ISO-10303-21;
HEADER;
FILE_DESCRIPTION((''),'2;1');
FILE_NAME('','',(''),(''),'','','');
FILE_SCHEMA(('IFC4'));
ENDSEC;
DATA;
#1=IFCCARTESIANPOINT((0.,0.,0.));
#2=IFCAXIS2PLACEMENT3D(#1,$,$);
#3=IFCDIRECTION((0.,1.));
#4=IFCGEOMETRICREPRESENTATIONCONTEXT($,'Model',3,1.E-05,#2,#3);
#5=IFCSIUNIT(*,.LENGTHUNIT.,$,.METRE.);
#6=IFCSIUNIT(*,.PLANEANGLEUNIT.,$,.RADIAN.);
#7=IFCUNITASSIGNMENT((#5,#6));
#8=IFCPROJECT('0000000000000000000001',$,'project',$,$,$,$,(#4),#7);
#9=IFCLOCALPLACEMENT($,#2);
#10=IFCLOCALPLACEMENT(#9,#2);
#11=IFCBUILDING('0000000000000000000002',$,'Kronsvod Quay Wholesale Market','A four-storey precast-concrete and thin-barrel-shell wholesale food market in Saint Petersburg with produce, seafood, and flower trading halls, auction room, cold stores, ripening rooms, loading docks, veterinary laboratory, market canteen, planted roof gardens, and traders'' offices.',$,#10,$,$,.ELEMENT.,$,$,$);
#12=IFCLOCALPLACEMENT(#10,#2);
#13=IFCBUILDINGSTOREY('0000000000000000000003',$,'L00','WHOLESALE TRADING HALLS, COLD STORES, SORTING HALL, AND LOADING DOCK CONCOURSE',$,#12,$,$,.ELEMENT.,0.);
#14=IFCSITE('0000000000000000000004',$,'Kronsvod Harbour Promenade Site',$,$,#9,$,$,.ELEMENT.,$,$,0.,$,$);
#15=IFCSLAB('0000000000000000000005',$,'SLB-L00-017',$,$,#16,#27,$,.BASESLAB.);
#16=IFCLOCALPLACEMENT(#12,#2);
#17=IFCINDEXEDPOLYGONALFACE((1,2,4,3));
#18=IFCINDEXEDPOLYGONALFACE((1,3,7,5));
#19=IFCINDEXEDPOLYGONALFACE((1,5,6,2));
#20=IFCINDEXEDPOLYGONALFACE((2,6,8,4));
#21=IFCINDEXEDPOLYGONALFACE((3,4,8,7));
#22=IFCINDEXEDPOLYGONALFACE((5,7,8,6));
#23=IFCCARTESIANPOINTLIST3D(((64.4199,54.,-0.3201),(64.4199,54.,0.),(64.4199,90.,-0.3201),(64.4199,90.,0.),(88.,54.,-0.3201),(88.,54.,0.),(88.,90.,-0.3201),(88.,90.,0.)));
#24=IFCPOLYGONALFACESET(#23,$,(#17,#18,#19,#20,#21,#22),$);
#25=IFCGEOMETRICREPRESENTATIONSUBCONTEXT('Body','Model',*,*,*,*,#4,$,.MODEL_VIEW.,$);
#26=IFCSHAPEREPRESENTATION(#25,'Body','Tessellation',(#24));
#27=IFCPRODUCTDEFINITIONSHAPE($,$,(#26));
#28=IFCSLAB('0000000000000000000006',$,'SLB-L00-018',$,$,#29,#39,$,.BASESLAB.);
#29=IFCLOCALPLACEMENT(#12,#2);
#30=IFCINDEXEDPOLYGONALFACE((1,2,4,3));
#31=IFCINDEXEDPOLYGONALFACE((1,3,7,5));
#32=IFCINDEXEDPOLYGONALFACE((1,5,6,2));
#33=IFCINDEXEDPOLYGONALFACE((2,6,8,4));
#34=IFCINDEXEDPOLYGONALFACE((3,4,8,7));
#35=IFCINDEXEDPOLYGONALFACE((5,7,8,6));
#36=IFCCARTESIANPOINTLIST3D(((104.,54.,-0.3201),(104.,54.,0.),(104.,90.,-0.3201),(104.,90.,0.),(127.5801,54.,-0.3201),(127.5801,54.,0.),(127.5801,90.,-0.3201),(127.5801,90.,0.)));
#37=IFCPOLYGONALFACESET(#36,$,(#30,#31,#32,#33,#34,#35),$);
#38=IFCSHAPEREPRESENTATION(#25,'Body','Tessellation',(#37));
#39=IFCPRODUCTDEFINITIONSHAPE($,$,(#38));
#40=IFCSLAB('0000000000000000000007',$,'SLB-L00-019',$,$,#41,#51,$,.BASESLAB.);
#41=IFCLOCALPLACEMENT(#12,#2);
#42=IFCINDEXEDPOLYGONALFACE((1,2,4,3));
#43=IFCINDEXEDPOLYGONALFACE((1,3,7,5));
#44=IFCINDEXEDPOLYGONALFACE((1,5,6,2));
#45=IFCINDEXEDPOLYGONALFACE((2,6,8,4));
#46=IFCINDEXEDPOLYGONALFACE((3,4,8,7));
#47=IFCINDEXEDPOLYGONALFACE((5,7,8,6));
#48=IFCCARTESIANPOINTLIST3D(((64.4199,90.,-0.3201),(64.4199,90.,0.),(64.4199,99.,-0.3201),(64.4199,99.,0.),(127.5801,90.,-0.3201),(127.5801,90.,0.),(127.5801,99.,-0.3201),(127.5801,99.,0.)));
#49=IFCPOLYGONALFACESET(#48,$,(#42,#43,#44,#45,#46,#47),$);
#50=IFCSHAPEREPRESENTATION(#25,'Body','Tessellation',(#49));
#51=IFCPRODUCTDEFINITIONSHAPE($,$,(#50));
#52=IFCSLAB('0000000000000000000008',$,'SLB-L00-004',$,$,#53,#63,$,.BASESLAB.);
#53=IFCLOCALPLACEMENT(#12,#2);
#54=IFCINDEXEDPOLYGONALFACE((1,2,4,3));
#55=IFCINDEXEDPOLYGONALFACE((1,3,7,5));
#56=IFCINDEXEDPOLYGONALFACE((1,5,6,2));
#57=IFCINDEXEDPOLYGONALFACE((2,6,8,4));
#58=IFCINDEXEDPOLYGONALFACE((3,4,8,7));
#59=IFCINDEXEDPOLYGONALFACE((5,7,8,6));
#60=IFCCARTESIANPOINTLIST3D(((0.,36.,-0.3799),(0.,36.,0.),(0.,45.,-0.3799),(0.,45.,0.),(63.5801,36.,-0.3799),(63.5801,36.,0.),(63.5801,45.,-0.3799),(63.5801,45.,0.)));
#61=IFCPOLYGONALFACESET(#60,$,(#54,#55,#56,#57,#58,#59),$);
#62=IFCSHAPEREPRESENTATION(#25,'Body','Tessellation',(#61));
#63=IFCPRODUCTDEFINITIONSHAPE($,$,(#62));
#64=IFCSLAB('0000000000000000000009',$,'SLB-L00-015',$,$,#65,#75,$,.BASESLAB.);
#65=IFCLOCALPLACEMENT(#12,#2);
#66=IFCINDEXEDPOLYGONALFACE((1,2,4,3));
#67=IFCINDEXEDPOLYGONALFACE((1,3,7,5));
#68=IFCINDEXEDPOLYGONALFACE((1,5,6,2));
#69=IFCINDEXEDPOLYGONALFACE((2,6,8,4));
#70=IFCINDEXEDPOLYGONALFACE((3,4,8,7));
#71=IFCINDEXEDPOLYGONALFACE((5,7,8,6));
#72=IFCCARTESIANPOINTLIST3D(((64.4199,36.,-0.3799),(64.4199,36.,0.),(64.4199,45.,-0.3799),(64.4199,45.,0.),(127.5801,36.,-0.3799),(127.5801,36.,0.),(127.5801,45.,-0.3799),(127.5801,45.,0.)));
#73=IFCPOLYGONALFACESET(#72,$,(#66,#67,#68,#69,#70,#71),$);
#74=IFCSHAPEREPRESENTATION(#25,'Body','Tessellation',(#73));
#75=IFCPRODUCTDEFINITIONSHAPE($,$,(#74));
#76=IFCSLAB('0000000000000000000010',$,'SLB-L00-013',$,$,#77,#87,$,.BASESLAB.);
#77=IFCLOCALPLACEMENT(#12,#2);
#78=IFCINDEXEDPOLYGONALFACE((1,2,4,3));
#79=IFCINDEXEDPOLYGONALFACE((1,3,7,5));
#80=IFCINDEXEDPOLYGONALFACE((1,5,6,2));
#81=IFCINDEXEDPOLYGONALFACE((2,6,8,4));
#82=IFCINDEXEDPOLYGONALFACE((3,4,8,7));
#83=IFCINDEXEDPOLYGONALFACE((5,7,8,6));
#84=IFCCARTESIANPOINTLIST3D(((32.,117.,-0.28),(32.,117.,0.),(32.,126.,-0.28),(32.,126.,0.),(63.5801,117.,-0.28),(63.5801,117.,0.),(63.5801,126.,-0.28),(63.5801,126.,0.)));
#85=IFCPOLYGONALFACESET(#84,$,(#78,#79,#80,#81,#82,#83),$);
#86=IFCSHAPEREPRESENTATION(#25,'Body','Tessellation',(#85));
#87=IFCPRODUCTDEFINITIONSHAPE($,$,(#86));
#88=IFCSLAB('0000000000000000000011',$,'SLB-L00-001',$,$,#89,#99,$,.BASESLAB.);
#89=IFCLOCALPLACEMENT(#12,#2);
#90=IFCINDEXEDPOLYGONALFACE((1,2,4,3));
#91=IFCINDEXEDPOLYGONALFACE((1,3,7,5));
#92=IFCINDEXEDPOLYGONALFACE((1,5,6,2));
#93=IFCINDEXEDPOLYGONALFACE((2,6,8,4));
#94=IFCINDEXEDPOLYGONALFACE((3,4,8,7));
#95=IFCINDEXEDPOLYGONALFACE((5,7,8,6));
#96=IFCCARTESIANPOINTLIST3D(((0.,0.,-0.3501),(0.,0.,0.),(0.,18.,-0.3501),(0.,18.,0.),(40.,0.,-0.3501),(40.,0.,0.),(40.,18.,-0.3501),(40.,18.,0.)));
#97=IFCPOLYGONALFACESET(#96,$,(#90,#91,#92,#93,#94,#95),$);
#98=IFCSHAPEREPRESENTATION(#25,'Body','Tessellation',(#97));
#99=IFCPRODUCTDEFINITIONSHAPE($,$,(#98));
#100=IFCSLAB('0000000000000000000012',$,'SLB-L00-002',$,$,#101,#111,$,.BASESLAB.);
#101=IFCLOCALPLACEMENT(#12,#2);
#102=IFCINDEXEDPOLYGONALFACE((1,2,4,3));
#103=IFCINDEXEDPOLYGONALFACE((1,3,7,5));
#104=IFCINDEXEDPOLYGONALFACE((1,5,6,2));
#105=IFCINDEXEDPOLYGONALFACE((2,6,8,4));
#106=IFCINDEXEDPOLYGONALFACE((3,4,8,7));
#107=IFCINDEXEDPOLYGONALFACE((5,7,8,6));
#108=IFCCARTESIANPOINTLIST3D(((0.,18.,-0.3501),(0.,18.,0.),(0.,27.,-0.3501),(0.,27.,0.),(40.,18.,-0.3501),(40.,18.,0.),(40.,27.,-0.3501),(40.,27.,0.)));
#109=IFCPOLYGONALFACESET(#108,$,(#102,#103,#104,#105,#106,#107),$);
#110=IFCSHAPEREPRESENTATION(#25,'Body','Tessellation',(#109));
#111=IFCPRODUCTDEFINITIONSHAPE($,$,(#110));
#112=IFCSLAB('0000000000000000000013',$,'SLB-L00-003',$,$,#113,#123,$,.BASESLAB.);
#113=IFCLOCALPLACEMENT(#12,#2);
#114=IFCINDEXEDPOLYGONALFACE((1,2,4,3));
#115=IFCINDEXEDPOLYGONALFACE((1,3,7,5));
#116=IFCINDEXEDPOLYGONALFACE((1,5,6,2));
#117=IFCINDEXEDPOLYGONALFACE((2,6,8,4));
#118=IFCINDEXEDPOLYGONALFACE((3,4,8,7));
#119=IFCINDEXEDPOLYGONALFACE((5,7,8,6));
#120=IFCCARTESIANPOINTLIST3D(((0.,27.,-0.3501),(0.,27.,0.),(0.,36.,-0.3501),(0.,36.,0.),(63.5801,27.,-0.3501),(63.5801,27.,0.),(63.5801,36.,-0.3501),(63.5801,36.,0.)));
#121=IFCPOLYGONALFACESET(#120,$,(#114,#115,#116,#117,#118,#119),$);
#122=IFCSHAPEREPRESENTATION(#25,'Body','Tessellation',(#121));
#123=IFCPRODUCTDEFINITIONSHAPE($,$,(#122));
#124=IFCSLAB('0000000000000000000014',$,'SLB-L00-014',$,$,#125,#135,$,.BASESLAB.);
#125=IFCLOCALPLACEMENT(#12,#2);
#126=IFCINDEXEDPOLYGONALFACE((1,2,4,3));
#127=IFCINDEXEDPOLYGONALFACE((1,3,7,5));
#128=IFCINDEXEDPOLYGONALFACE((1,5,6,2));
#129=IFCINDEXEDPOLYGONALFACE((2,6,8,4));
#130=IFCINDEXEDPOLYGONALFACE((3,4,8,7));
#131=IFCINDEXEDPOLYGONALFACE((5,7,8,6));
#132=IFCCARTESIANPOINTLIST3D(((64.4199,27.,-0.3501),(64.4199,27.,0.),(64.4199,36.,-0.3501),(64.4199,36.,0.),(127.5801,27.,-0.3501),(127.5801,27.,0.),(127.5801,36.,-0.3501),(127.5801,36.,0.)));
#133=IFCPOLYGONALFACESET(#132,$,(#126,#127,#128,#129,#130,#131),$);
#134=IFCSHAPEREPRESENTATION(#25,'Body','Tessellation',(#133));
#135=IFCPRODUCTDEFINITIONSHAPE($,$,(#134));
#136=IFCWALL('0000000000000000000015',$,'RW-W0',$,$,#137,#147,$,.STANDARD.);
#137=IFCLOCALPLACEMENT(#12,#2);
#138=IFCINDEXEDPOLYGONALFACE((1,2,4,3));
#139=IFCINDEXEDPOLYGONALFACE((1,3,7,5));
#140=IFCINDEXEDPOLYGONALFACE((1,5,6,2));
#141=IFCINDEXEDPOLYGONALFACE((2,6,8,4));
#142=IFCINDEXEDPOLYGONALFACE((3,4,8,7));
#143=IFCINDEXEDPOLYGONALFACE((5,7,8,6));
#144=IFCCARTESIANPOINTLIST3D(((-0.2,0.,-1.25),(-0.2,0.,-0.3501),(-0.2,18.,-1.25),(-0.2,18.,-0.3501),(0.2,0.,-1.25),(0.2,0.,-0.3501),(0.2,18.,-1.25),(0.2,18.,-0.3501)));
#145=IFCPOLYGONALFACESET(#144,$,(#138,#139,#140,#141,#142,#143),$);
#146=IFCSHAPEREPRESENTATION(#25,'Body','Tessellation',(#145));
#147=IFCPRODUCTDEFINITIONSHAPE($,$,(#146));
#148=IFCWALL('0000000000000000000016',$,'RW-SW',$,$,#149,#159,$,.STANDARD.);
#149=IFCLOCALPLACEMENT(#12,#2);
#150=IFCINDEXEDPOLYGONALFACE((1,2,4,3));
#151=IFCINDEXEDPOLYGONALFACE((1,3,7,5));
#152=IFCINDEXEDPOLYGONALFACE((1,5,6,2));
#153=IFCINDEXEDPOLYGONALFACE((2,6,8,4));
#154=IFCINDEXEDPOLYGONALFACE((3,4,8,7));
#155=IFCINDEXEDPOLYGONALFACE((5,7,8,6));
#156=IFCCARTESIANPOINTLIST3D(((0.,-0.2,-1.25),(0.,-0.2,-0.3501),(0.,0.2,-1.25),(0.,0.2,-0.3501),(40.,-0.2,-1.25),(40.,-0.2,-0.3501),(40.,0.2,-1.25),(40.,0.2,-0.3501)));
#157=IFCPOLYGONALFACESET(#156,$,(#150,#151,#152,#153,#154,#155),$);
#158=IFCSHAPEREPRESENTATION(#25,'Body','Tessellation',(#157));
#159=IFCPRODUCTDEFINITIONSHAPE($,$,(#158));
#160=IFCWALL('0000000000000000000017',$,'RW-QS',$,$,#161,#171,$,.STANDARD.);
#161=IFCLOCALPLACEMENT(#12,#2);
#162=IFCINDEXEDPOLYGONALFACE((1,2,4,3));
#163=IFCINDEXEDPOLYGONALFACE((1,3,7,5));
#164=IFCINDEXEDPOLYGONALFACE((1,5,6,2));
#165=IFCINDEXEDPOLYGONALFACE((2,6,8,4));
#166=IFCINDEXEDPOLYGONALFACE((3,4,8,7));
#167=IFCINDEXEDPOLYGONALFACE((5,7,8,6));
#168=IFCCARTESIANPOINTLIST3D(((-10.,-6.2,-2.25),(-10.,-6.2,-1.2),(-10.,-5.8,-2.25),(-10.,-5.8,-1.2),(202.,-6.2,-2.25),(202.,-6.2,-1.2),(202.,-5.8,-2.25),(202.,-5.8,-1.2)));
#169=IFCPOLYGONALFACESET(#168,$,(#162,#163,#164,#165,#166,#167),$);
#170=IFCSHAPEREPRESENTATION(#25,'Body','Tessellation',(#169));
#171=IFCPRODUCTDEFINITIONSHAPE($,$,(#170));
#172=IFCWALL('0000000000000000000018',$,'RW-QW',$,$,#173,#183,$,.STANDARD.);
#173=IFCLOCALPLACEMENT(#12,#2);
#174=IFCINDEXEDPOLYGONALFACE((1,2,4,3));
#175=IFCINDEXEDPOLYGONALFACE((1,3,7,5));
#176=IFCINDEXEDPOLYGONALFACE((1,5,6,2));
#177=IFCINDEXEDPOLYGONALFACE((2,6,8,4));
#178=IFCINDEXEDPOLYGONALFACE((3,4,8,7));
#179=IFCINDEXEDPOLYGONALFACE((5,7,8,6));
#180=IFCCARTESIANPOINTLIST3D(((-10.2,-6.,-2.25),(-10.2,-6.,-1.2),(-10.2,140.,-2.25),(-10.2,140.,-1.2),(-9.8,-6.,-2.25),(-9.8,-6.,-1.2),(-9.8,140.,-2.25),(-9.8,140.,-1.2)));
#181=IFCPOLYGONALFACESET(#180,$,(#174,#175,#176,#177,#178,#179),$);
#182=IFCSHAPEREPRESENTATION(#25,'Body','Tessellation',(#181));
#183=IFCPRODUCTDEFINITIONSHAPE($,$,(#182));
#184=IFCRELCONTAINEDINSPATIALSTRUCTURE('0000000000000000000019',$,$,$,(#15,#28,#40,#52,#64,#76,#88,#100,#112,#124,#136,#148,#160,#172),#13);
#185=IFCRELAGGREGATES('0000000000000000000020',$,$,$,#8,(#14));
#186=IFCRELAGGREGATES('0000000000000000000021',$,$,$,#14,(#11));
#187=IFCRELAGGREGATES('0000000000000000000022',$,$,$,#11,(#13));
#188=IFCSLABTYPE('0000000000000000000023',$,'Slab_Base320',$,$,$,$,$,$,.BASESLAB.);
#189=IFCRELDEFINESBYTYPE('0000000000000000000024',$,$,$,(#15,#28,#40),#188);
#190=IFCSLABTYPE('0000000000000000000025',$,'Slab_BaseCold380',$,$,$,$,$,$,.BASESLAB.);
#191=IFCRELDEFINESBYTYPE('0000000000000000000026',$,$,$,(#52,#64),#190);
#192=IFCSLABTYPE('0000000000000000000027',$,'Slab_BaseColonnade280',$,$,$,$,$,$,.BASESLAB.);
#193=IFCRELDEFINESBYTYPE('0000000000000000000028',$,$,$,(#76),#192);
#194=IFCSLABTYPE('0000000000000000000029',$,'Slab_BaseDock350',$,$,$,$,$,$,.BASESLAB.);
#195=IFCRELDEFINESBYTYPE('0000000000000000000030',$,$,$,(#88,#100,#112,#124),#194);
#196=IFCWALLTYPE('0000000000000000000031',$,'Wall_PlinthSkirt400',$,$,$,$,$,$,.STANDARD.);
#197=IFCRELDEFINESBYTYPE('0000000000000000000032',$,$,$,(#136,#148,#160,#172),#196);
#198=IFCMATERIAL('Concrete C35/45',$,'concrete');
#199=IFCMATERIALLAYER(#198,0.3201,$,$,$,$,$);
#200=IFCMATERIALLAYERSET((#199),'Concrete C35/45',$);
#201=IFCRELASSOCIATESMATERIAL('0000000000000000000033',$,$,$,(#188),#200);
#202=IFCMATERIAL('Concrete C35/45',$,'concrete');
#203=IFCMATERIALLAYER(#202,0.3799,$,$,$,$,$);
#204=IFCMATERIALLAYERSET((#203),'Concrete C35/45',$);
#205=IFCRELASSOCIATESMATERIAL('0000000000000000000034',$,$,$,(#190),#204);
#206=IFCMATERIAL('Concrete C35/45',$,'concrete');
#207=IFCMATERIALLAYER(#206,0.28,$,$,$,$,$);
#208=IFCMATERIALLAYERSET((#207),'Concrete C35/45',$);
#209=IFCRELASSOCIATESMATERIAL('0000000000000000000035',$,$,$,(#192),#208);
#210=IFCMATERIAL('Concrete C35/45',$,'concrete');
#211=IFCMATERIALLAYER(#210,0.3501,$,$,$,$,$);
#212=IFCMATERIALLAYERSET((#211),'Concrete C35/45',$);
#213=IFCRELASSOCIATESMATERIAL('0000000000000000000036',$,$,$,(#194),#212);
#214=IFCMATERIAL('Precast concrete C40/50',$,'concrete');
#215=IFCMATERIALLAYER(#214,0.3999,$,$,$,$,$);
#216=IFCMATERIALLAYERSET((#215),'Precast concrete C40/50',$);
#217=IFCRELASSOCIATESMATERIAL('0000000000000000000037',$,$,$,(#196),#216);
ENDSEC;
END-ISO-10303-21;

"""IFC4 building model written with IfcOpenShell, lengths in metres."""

from ifc_helpers import new_model, si_unit, direction, frame, frame_2d, origin, place, context, subcontext, project, spatial, polyline, rectangle, outline, extrude, material, layer, layer_set, type_object, element, save


model = new_model("IFC4")

# Units and contexts
model_context = context("Model", 3, precision=1e-05, world=origin(), true_north=direction((0.0, 1.0)))
body_context = subcontext(model_context, "Body", "Model", "MODEL_VIEW")
ifc_project = project(units=[si_unit("LENGTHUNIT", "METRE"), si_unit("PLANEANGLEUNIT", "RADIAN")], contexts=[model_context])

# Site, building, storey
site_placement = place(None, origin())
site = spatial("IfcSite", under=ifc_project, at=site_placement, Name="Kronsvod Harbour Promenade Site", CompositionType="ELEMENT", RefElevation=0.0)
building_placement = place(site_placement, origin())
building = spatial("IfcBuilding", under=site, at=building_placement, Name="Kronsvod Quay Wholesale Market", Description="A four-storey precast-concrete and thin-barrel-shell wholesale food market in Saint Petersburg with produce, seafood, and flower trading halls, auction room, cold stores, ripening rooms, loading docks, veterinary laboratory, market canteen, planted roof gardens, and traders' offices.", CompositionType="ELEMENT")
storey_placement = place(building_placement, origin())
storey = spatial("IfcBuildingStorey", under=building, at=storey_placement, Name="L00", Description="WHOLESALE TRADING HALLS, COLD STORES, SORTING HALL, AND LOADING DOCK CONCOURSE", CompositionType="ELEMENT", Elevation=0.0)

# Slabs
ifc_material_1 = material(Name="Concrete C35/45", Category="concrete")
ifc_layer_1 = layer(ifc_material_1, 0.3201)
ifc_layer_set_1 = layer_set([ifc_layer_1], Name="Concrete C35/45")
slab_type_1 = type_object("IfcSlabType", Name="Slab_Base320", PredefinedType="BASESLAB", material=ifc_layer_set_1)
slab_1_placement = place(storey_placement, frame((0.0, 0.0, -0.3201)))
element("IfcSlab", 1, at=slab_1_placement, inside=storey, type_object=slab_type_1, Name="SLB-L00-017", PredefinedType="BASESLAB", context=body_context, shape_type="SweptSolid", body=[
    extrude(outline(polyline([(64.4199, 54.0), (88.0, 54.0), (88.0, 90.0), (64.4199, 90.0), (64.4199, 54.0)])), origin(), (0.0, 0.0, 1.0), 0.3201),
])
slab_2_placement = place(storey_placement, frame((0.0, 0.0, -0.3201)))
element("IfcSlab", 2, at=slab_2_placement, inside=storey, type_object=slab_type_1, Name="SLB-L00-018", PredefinedType="BASESLAB", context=body_context, shape_type="SweptSolid", body=[
    extrude(outline(polyline([(104.0, 54.0), (127.5801, 54.0), (127.5801, 90.0), (104.0, 90.0), (104.0, 54.0)])), origin(), (0.0, 0.0, 1.0), 0.3201),
])
slab_3_placement = place(storey_placement, frame((0.0, 0.0, -0.3201)))
element("IfcSlab", 3, at=slab_3_placement, inside=storey, type_object=slab_type_1, Name="SLB-L00-019", PredefinedType="BASESLAB", context=body_context, shape_type="SweptSolid", body=[
    extrude(outline(polyline([(64.4199, 90.0), (127.5801, 90.0), (127.5801, 99.0), (64.4199, 99.0), (64.4199, 90.0)])), origin(), (0.0, 0.0, 1.0), 0.3201),
])
ifc_material_2 = material(Name="Concrete C35/45", Category="concrete")
ifc_layer_2 = layer(ifc_material_2, 0.3799)
ifc_layer_set_2 = layer_set([ifc_layer_2], Name="Concrete C35/45")
slab_type_2 = type_object("IfcSlabType", Name="Slab_BaseCold380", PredefinedType="BASESLAB", material=ifc_layer_set_2)
slab_4_placement = place(storey_placement, frame((0.0, 0.0, -0.3799)))
element("IfcSlab", 4, at=slab_4_placement, inside=storey, type_object=slab_type_2, Name="SLB-L00-004", PredefinedType="BASESLAB", context=body_context, shape_type="SweptSolid", body=[
    extrude(outline(polyline([(0.0, 36.0), (63.5801, 36.0), (63.5801, 45.0), (0.0, 45.0), (0.0, 36.0)])), origin(), (0.0, 0.0, 1.0), 0.3799),
])
slab_5_placement = place(storey_placement, frame((0.0, 0.0, -0.3799)))
element("IfcSlab", 5, at=slab_5_placement, inside=storey, type_object=slab_type_2, Name="SLB-L00-015", PredefinedType="BASESLAB", context=body_context, shape_type="SweptSolid", body=[
    extrude(outline(polyline([(64.4199, 36.0), (127.5801, 36.0), (127.5801, 45.0), (64.4199, 45.0), (64.4199, 36.0)])), origin(), (0.0, 0.0, 1.0), 0.3799),
])
ifc_material_3 = material(Name="Concrete C35/45", Category="concrete")
ifc_layer_3 = layer(ifc_material_3, 0.28)
ifc_layer_set_3 = layer_set([ifc_layer_3], Name="Concrete C35/45")
slab_type_3 = type_object("IfcSlabType", Name="Slab_BaseColonnade280", PredefinedType="BASESLAB", material=ifc_layer_set_3)
slab_6_placement = place(storey_placement, frame((0.0, 0.0, -0.28)))
element("IfcSlab", 6, at=slab_6_placement, inside=storey, type_object=slab_type_3, Name="SLB-L00-013", PredefinedType="BASESLAB", context=body_context, shape_type="SweptSolid", body=[
    extrude(outline(polyline([(32.0, 117.0), (63.5801, 117.0), (63.5801, 126.0), (32.0, 126.0), (32.0, 117.0)])), origin(), (0.0, 0.0, 1.0), 0.28),
])
ifc_material_4 = material(Name="Concrete C35/45", Category="concrete")
ifc_layer_4 = layer(ifc_material_4, 0.3501)
ifc_layer_set_4 = layer_set([ifc_layer_4], Name="Concrete C35/45")
slab_type_4 = type_object("IfcSlabType", Name="Slab_BaseDock350", PredefinedType="BASESLAB", material=ifc_layer_set_4)
slab_7_placement = place(storey_placement, frame((0.0, 0.0, -0.3501)))
element("IfcSlab", 7, at=slab_7_placement, inside=storey, type_object=slab_type_4, Name="SLB-L00-001", PredefinedType="BASESLAB", context=body_context, shape_type="SweptSolid", body=[
    extrude(outline(polyline([(0.0, 0.0), (40.0, 0.0), (40.0, 18.0), (0.0, 18.0), (0.0, 0.0)])), origin(), (0.0, 0.0, 1.0), 0.3501),
])
slab_8_placement = place(storey_placement, frame((0.0, 0.0, -0.3501)))
element("IfcSlab", 8, at=slab_8_placement, inside=storey, type_object=slab_type_4, Name="SLB-L00-002", PredefinedType="BASESLAB", context=body_context, shape_type="SweptSolid", body=[
    extrude(outline(polyline([(0.0, 18.0), (40.0, 18.0), (40.0, 27.0), (0.0, 27.0), (0.0, 18.0)])), origin(), (0.0, 0.0, 1.0), 0.3501),
])
slab_9_placement = place(storey_placement, frame((0.0, 0.0, -0.3501)))
element("IfcSlab", 9, at=slab_9_placement, inside=storey, type_object=slab_type_4, Name="SLB-L00-003", PredefinedType="BASESLAB", context=body_context, shape_type="SweptSolid", body=[
    extrude(outline(polyline([(0.0, 27.0), (63.5801, 27.0), (63.5801, 36.0), (0.0, 36.0), (0.0, 27.0)])), origin(), (0.0, 0.0, 1.0), 0.3501),
])
slab_10_placement = place(storey_placement, frame((0.0, 0.0, -0.3501)))
element("IfcSlab", 10, at=slab_10_placement, inside=storey, type_object=slab_type_4, Name="SLB-L00-014", PredefinedType="BASESLAB", context=body_context, shape_type="SweptSolid", body=[
    extrude(outline(polyline([(64.4199, 27.0), (127.5801, 27.0), (127.5801, 36.0), (64.4199, 36.0), (64.4199, 27.0)])), origin(), (0.0, 0.0, 1.0), 0.3501),
])

# Walls
ifc_material_5 = material(Name="Precast concrete C40/50", Category="concrete")
ifc_layer_5 = layer(ifc_material_5, 0.3999)
ifc_layer_set_5 = layer_set([ifc_layer_5], Name="Precast concrete C40/50")
wall_type = type_object("IfcWallType", Name="Wall_PlinthSkirt400", PredefinedType="STANDARD", material=ifc_layer_set_5)
wall_1_placement = place(storey_placement, frame((0.0, 0.0, -1.25), z_axis=(0.0, 0.0, 1.0), x_axis=(0.0, 1.0, 0.0)))
element("IfcWall", 11, at=wall_1_placement, inside=storey, type_object=wall_type, Name="RW-W0", PredefinedType="STANDARD", context=body_context, shape_type="SweptSolid", body=[
    extrude(rectangle(XDim=18.0, YDim=0.3999, at=frame_2d((9.0, 0.0))), origin(), (0.0, 0.0, 1.0), 0.8999),
])
wall_2_placement = place(storey_placement, frame((0.0, 0.0, -1.25), z_axis=(0.0, 0.0, 1.0), x_axis=(1.0, 0.0, 0.0)))
element("IfcWall", 12, at=wall_2_placement, inside=storey, type_object=wall_type, Name="RW-SW", PredefinedType="STANDARD", context=body_context, shape_type="SweptSolid", body=[
    extrude(rectangle(XDim=40.0, YDim=0.3999, at=frame_2d((20.0, 0.0))), origin(), (0.0, 0.0, 1.0), 0.8999),
])
wall_3_placement = place(storey_placement, frame((-10.0, -6.0, -2.25), z_axis=(0.0, 0.0, 1.0), x_axis=(1.0, 0.0, 0.0)))
element("IfcWall", 13, at=wall_3_placement, inside=storey, type_object=wall_type, Name="RW-QS", PredefinedType="STANDARD", context=body_context, shape_type="SweptSolid", body=[
    extrude(rectangle(XDim=212.0, YDim=0.3999, at=frame_2d((106.0, 0.0))), origin(), (0.0, 0.0, 1.0), 1.05),
])
wall_4_placement = place(storey_placement, frame((-10.0, -6.0, -2.25), z_axis=(0.0, 0.0, 1.0), x_axis=(0.0, 1.0, 0.0)))
element("IfcWall", 14, at=wall_4_placement, inside=storey, type_object=wall_type, Name="RW-QW", PredefinedType="STANDARD", context=body_context, shape_type="SweptSolid", body=[
    extrude(rectangle(XDim=146.0, YDim=0.3999, at=frame_2d((73.0, 0.0))), origin(), (0.0, 0.0, 1.0), 1.05),
])

save(model, "model.ifc")
